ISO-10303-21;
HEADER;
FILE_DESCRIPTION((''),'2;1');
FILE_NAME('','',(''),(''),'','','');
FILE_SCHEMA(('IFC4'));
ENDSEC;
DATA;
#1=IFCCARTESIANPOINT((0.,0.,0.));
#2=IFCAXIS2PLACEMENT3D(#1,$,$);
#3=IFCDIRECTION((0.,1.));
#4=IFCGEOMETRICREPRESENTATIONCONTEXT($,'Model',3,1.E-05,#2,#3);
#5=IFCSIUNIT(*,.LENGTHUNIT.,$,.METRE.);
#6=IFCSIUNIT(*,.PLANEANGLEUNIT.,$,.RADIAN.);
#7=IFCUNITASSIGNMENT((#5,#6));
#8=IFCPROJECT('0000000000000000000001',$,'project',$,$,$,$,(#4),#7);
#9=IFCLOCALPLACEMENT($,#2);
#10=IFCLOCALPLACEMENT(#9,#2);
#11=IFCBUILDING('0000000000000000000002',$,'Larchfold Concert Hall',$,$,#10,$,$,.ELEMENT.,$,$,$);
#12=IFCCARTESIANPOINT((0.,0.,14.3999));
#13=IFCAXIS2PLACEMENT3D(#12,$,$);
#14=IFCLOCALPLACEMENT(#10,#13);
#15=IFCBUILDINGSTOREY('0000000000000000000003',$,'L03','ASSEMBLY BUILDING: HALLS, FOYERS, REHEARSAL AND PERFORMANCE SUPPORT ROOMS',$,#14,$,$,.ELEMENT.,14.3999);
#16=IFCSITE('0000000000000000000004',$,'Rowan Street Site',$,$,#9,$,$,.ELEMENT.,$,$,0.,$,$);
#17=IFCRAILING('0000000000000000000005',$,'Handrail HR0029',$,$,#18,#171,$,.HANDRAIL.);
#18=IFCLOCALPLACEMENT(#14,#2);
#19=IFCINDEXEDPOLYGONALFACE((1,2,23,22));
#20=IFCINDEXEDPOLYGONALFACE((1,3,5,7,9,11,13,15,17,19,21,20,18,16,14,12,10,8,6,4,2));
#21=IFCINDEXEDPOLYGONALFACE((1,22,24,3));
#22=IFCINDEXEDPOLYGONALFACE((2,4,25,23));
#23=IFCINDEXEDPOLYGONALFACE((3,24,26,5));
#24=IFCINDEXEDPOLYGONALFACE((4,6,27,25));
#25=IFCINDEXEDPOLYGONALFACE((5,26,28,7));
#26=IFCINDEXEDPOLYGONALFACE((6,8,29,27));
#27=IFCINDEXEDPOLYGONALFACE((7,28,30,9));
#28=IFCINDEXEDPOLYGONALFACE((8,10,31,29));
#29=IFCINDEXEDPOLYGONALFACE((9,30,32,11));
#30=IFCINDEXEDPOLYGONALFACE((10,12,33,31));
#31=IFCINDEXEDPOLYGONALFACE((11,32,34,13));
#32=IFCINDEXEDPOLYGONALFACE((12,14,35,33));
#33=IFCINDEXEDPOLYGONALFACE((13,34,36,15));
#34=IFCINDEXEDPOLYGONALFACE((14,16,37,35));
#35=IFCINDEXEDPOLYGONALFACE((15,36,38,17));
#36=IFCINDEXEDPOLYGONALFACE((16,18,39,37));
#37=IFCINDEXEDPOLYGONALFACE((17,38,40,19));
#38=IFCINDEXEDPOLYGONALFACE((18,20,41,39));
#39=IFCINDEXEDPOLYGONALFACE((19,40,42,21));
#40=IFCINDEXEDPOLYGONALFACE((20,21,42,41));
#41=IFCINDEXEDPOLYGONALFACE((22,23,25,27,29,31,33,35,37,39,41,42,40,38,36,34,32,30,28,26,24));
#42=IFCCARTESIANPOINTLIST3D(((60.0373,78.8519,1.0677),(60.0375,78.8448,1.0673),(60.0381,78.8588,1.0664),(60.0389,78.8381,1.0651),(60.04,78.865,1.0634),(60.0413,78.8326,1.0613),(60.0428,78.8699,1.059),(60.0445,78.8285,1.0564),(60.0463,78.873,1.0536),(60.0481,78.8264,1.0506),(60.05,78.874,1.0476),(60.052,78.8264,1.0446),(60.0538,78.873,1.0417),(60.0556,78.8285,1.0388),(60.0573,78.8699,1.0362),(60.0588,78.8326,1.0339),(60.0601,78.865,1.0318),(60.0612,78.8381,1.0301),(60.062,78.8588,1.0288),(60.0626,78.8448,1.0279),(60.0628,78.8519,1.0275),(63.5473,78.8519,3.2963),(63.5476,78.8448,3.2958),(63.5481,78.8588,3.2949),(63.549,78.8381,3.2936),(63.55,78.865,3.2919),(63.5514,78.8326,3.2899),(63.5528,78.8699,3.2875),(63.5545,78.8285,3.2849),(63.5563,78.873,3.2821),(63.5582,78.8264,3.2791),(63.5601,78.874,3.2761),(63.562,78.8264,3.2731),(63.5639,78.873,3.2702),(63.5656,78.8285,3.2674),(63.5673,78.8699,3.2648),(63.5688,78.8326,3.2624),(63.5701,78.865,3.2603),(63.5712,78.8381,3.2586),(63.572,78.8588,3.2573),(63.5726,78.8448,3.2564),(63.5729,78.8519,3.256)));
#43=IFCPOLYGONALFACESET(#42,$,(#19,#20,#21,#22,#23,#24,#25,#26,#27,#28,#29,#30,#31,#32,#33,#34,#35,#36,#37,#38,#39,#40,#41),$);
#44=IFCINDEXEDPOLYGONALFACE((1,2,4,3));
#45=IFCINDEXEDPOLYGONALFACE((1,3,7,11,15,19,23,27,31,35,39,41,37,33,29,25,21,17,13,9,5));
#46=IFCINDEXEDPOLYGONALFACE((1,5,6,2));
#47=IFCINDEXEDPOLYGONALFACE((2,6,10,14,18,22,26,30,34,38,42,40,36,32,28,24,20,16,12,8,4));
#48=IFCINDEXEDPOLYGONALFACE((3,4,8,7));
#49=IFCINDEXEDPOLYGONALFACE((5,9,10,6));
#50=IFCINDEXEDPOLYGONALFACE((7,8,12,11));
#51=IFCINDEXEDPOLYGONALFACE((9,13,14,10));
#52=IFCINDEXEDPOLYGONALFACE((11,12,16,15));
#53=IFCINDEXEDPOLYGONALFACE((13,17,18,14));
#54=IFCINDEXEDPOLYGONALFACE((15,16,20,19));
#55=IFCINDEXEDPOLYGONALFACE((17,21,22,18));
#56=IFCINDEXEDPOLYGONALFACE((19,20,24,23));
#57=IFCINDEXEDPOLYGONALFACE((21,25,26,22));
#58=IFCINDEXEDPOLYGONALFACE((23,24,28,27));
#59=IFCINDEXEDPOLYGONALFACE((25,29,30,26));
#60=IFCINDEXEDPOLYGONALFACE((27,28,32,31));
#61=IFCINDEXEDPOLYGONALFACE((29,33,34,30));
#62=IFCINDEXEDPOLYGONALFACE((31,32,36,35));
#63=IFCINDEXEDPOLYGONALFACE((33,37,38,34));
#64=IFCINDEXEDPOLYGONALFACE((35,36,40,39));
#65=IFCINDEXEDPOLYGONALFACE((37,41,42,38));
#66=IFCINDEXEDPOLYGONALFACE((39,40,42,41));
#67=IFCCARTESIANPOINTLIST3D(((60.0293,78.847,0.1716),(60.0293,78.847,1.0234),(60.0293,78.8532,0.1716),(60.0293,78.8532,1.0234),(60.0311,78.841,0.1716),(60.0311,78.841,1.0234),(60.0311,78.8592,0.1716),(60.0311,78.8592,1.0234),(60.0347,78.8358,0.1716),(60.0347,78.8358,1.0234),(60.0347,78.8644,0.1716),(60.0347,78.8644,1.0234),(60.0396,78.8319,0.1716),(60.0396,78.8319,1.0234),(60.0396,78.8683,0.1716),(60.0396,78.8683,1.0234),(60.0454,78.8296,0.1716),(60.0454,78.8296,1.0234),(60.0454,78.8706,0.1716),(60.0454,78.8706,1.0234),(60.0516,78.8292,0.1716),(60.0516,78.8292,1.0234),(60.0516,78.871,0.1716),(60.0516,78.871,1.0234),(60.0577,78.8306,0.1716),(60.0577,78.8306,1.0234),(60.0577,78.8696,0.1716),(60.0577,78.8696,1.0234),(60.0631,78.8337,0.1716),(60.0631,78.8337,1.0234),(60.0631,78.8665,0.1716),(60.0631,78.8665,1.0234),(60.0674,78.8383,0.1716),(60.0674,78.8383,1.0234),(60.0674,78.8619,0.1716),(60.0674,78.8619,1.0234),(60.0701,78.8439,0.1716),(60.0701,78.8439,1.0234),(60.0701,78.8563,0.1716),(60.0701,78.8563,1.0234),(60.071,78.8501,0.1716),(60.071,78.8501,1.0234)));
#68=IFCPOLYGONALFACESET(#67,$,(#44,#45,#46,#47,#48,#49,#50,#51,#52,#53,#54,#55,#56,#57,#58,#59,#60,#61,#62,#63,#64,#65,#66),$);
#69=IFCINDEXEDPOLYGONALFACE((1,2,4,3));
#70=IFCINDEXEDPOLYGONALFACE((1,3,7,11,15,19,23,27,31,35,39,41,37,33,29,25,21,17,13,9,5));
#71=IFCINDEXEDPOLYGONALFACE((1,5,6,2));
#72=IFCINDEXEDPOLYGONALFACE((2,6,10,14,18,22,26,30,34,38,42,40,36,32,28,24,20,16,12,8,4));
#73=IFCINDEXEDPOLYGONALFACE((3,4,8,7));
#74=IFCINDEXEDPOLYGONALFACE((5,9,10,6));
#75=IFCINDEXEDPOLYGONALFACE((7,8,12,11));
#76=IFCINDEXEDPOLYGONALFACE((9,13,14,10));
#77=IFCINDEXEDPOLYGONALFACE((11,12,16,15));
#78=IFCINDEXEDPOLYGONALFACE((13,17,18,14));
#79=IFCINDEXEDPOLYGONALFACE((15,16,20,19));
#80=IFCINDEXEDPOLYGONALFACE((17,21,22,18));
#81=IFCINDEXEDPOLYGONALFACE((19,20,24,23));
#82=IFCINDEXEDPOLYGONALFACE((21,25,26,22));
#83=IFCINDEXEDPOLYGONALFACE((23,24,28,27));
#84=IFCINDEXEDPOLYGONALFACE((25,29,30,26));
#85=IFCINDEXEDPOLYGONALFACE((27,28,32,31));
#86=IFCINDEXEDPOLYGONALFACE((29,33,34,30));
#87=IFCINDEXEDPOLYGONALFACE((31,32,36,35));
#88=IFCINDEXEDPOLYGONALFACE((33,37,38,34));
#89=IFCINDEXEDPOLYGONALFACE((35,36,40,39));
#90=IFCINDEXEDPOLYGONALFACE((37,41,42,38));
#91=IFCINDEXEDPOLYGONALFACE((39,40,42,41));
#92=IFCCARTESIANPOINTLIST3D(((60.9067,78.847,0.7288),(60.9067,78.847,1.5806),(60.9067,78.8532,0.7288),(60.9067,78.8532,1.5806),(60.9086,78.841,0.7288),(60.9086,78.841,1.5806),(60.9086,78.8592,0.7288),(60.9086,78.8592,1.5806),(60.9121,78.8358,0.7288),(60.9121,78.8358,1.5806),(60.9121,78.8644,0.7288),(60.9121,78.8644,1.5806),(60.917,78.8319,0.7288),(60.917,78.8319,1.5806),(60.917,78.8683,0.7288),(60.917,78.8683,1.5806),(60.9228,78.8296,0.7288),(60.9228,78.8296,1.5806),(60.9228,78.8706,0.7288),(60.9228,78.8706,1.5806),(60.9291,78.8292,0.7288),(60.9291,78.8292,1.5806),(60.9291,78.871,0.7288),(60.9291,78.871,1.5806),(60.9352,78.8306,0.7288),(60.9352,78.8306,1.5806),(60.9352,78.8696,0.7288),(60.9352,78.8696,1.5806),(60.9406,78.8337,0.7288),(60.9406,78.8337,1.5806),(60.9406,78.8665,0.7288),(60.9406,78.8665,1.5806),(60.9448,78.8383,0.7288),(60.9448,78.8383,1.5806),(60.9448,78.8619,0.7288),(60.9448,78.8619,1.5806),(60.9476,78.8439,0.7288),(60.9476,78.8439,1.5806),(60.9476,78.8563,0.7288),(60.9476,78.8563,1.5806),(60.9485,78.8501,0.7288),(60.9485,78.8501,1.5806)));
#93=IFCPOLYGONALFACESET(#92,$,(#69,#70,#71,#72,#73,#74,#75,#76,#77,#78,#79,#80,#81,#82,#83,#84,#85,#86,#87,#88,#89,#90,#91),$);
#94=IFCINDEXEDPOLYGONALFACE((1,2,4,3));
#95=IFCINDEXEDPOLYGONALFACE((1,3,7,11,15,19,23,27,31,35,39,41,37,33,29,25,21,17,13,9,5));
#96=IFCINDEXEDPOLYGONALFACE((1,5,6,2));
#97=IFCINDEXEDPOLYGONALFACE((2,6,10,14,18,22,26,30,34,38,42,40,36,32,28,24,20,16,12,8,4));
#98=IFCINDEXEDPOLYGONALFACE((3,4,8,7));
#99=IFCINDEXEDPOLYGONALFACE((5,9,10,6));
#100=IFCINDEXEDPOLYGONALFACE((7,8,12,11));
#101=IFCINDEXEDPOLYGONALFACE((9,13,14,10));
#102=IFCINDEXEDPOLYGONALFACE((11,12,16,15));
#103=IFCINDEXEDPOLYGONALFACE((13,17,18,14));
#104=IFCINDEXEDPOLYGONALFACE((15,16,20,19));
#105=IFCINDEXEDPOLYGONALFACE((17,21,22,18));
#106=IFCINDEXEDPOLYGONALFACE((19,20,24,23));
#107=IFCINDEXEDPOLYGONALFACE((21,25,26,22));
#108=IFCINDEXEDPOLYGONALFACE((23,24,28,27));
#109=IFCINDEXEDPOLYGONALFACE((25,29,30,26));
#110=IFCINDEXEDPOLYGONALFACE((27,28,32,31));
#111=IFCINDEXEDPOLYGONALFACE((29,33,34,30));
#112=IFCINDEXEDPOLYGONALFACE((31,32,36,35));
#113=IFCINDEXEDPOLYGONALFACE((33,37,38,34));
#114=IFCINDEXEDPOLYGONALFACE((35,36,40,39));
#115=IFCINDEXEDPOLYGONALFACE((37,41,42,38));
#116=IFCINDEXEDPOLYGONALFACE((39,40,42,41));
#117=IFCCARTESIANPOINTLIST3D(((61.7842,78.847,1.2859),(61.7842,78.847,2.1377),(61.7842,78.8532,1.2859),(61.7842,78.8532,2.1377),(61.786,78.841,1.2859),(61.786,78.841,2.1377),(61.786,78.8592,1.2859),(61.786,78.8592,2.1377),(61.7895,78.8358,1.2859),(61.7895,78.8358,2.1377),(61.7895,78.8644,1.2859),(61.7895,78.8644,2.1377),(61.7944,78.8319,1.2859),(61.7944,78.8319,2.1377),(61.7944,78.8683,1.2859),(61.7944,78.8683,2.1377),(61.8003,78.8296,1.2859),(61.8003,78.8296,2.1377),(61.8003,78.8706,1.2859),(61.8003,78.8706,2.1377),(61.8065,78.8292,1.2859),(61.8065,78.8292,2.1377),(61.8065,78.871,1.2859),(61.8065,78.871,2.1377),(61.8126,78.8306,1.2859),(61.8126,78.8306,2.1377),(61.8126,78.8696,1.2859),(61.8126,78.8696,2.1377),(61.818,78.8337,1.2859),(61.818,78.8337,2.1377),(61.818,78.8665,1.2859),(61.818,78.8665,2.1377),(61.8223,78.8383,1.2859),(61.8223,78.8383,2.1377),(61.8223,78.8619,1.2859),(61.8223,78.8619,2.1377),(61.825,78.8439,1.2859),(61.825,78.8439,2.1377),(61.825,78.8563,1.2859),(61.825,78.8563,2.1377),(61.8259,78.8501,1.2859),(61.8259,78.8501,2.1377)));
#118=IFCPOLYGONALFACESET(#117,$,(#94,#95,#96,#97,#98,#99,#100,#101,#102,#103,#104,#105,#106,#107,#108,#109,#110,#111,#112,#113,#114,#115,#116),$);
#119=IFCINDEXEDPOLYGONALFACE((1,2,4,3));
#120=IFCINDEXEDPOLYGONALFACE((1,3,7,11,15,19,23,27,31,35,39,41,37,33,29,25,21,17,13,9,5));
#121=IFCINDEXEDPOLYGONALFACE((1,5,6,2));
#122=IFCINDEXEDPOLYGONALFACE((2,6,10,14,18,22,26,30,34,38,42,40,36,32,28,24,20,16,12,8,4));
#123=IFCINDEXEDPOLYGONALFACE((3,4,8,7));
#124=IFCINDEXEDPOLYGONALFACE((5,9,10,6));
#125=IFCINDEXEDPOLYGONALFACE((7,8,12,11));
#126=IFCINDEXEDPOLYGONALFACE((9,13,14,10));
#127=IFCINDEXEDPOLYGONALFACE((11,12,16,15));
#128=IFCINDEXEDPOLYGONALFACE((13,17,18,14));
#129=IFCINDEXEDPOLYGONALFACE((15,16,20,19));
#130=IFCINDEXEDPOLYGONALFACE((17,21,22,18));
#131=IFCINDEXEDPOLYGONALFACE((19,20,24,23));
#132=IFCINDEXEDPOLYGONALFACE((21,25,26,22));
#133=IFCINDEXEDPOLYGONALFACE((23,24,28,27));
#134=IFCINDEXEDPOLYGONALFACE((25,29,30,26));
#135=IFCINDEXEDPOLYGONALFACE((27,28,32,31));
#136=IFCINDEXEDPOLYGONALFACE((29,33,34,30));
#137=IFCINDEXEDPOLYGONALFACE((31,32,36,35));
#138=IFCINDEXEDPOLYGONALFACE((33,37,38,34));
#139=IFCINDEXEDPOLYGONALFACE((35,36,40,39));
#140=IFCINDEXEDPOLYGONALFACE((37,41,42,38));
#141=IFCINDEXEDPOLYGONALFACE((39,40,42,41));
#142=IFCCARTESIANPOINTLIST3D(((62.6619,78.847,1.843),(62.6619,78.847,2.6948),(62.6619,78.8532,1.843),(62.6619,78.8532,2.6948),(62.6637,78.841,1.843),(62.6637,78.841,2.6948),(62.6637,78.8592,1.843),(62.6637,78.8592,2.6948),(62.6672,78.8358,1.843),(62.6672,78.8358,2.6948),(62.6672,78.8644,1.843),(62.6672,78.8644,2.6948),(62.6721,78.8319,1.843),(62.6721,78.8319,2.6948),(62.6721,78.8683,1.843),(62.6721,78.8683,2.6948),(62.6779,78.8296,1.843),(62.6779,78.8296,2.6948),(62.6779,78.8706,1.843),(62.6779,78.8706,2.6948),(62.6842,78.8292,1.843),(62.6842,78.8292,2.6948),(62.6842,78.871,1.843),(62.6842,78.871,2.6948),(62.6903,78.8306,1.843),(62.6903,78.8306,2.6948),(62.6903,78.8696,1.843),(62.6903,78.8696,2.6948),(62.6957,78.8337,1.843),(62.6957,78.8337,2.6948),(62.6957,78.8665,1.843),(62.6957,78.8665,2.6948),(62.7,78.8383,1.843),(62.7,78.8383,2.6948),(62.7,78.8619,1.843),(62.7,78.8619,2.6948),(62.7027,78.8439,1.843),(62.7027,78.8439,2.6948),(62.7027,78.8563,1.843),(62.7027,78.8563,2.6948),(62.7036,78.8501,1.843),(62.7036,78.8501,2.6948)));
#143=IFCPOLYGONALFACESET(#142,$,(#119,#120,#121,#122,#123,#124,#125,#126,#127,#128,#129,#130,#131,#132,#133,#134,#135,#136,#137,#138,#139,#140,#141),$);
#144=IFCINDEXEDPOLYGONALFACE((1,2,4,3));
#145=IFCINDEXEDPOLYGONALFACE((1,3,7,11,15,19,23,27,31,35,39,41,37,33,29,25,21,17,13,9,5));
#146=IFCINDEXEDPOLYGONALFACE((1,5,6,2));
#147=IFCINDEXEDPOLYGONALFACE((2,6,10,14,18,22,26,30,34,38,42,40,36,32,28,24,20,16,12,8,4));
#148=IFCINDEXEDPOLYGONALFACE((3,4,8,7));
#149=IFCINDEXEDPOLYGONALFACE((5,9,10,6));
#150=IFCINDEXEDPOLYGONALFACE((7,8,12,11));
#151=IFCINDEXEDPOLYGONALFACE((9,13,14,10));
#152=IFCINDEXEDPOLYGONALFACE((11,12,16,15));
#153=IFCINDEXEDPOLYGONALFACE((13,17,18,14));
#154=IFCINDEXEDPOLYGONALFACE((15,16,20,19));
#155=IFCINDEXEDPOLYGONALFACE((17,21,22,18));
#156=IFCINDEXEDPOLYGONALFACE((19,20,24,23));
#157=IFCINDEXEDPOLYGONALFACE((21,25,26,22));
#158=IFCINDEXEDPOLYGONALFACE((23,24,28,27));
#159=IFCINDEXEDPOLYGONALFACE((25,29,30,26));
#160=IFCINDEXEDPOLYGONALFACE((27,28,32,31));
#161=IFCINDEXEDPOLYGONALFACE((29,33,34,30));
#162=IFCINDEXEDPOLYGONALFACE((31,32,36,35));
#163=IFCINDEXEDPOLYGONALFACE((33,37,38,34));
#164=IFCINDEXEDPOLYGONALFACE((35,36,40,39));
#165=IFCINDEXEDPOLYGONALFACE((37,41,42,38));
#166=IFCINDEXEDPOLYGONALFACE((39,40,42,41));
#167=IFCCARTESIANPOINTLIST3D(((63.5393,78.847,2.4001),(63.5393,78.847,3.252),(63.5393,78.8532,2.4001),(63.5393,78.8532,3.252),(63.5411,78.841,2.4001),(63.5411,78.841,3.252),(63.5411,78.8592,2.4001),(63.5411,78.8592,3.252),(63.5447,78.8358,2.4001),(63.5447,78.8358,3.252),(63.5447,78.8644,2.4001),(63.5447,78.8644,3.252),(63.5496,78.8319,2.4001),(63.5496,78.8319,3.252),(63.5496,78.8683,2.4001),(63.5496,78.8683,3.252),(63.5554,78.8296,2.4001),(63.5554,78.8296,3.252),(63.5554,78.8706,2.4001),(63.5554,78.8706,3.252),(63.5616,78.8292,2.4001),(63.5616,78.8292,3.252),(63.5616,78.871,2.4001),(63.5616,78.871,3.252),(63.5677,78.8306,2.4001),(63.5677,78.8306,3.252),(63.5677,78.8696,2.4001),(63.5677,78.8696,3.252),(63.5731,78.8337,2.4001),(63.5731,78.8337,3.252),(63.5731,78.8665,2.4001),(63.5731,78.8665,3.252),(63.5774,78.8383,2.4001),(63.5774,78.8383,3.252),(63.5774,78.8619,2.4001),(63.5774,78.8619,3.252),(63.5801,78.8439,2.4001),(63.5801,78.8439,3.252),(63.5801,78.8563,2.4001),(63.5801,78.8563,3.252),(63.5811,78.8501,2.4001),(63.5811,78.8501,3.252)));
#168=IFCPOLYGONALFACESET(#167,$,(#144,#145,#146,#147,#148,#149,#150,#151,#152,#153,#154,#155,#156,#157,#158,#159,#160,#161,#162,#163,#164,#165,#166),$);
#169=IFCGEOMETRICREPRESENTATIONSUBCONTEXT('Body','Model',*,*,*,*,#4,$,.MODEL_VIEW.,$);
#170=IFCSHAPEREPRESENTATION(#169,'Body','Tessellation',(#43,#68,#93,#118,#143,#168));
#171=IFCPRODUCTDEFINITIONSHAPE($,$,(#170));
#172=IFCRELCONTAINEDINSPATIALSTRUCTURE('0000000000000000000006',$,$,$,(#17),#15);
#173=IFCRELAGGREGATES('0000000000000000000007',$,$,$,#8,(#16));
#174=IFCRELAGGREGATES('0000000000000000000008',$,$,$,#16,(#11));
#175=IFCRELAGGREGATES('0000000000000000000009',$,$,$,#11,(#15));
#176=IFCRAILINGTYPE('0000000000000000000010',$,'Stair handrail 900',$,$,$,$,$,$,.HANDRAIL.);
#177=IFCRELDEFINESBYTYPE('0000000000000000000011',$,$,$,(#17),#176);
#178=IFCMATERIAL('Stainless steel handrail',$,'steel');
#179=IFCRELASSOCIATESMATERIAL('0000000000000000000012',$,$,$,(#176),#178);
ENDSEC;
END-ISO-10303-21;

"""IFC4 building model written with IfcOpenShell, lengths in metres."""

from ifc_helpers import new_model, si_unit, direction, frame, origin, origin_2d, place, context, subcontext, project, spatial, circle, extrude, material, type_object, element, save


model = new_model("IFC4")

# Units and contexts
model_context = context("Model", 3, precision=1e-05, world=origin(), true_north=direction((0.0, 1.0)))
body_context = subcontext(model_context, "Body", "Model", "MODEL_VIEW")
ifc_project = project(units=[si_unit("LENGTHUNIT", "METRE"), si_unit("PLANEANGLEUNIT", "RADIAN")], contexts=[model_context])

# Site, building, storey
site_placement = place(None, origin())
site = spatial("IfcSite", under=ifc_project, at=site_placement, Name="Rowan Street Site", CompositionType="ELEMENT", RefElevation=0.0)
building_placement = place(site_placement, origin())
building = spatial("IfcBuilding", under=site, at=building_placement, Name="Larchfold Concert Hall", CompositionType="ELEMENT")
storey_placement = place(building_placement, frame((0.0, 0.0, 14.3999)))
storey = spatial("IfcBuildingStorey", under=building, at=storey_placement, Name="L03", Description="ASSEMBLY BUILDING: HALLS, FOYERS, REHEARSAL AND PERFORMANCE SUPPORT ROOMS", CompositionType="ELEMENT", Elevation=14.3999)

# Railing
ifc_material_1 = material(Name="Stainless steel handrail", Category="steel")
railing_type_1 = type_object("IfcRailingType", Name="Stair handrail 900", PredefinedType="HANDRAIL", material=ifc_material_1)
railing_1_placement = place(storey_placement, frame((60.05, 78.8501, 0.1716)))
element("IfcRailing", 1, at=railing_1_placement, inside=storey, type_object=railing_type_1, Name="Handrail HR0029", PredefinedType="HANDRAIL", context=body_context, shape_type="SweptSolid", body=[
    extrude(circle(Radius=0.0239, at=origin_2d()), frame((0.0, 0.0, 0.876), z_axis=(0.84422, 0.0, 0.535998), x_axis=(0.0, 1.0, 0.0)), (0.0, 0.0, 1.0), 4.1577),
    extrude(circle(Radius=0.021, at=origin_2d()), origin(), (0.0, 0.0, 1.0), 0.8518),
    extrude(circle(Radius=0.021, at=origin_2d()), frame((0.8774, 0.0, 0.5571)), (0.0, 0.0, 1.0), 0.8518),
    extrude(circle(Radius=0.021, at=origin_2d()), frame((1.7549, 0.0, 1.1143)), (0.0, 0.0, 1.0), 0.8518),
    extrude(circle(Radius=0.021, at=origin_2d()), frame((2.6326, 0.0, 1.6714)), (0.0, 0.0, 1.0), 0.8518),
    extrude(circle(Radius=0.021, at=origin_2d()), frame((3.51, 0.0, 2.2285)), (0.0, 0.0, 1.0), 0.8518),
])

save(model, "model.ifc")
